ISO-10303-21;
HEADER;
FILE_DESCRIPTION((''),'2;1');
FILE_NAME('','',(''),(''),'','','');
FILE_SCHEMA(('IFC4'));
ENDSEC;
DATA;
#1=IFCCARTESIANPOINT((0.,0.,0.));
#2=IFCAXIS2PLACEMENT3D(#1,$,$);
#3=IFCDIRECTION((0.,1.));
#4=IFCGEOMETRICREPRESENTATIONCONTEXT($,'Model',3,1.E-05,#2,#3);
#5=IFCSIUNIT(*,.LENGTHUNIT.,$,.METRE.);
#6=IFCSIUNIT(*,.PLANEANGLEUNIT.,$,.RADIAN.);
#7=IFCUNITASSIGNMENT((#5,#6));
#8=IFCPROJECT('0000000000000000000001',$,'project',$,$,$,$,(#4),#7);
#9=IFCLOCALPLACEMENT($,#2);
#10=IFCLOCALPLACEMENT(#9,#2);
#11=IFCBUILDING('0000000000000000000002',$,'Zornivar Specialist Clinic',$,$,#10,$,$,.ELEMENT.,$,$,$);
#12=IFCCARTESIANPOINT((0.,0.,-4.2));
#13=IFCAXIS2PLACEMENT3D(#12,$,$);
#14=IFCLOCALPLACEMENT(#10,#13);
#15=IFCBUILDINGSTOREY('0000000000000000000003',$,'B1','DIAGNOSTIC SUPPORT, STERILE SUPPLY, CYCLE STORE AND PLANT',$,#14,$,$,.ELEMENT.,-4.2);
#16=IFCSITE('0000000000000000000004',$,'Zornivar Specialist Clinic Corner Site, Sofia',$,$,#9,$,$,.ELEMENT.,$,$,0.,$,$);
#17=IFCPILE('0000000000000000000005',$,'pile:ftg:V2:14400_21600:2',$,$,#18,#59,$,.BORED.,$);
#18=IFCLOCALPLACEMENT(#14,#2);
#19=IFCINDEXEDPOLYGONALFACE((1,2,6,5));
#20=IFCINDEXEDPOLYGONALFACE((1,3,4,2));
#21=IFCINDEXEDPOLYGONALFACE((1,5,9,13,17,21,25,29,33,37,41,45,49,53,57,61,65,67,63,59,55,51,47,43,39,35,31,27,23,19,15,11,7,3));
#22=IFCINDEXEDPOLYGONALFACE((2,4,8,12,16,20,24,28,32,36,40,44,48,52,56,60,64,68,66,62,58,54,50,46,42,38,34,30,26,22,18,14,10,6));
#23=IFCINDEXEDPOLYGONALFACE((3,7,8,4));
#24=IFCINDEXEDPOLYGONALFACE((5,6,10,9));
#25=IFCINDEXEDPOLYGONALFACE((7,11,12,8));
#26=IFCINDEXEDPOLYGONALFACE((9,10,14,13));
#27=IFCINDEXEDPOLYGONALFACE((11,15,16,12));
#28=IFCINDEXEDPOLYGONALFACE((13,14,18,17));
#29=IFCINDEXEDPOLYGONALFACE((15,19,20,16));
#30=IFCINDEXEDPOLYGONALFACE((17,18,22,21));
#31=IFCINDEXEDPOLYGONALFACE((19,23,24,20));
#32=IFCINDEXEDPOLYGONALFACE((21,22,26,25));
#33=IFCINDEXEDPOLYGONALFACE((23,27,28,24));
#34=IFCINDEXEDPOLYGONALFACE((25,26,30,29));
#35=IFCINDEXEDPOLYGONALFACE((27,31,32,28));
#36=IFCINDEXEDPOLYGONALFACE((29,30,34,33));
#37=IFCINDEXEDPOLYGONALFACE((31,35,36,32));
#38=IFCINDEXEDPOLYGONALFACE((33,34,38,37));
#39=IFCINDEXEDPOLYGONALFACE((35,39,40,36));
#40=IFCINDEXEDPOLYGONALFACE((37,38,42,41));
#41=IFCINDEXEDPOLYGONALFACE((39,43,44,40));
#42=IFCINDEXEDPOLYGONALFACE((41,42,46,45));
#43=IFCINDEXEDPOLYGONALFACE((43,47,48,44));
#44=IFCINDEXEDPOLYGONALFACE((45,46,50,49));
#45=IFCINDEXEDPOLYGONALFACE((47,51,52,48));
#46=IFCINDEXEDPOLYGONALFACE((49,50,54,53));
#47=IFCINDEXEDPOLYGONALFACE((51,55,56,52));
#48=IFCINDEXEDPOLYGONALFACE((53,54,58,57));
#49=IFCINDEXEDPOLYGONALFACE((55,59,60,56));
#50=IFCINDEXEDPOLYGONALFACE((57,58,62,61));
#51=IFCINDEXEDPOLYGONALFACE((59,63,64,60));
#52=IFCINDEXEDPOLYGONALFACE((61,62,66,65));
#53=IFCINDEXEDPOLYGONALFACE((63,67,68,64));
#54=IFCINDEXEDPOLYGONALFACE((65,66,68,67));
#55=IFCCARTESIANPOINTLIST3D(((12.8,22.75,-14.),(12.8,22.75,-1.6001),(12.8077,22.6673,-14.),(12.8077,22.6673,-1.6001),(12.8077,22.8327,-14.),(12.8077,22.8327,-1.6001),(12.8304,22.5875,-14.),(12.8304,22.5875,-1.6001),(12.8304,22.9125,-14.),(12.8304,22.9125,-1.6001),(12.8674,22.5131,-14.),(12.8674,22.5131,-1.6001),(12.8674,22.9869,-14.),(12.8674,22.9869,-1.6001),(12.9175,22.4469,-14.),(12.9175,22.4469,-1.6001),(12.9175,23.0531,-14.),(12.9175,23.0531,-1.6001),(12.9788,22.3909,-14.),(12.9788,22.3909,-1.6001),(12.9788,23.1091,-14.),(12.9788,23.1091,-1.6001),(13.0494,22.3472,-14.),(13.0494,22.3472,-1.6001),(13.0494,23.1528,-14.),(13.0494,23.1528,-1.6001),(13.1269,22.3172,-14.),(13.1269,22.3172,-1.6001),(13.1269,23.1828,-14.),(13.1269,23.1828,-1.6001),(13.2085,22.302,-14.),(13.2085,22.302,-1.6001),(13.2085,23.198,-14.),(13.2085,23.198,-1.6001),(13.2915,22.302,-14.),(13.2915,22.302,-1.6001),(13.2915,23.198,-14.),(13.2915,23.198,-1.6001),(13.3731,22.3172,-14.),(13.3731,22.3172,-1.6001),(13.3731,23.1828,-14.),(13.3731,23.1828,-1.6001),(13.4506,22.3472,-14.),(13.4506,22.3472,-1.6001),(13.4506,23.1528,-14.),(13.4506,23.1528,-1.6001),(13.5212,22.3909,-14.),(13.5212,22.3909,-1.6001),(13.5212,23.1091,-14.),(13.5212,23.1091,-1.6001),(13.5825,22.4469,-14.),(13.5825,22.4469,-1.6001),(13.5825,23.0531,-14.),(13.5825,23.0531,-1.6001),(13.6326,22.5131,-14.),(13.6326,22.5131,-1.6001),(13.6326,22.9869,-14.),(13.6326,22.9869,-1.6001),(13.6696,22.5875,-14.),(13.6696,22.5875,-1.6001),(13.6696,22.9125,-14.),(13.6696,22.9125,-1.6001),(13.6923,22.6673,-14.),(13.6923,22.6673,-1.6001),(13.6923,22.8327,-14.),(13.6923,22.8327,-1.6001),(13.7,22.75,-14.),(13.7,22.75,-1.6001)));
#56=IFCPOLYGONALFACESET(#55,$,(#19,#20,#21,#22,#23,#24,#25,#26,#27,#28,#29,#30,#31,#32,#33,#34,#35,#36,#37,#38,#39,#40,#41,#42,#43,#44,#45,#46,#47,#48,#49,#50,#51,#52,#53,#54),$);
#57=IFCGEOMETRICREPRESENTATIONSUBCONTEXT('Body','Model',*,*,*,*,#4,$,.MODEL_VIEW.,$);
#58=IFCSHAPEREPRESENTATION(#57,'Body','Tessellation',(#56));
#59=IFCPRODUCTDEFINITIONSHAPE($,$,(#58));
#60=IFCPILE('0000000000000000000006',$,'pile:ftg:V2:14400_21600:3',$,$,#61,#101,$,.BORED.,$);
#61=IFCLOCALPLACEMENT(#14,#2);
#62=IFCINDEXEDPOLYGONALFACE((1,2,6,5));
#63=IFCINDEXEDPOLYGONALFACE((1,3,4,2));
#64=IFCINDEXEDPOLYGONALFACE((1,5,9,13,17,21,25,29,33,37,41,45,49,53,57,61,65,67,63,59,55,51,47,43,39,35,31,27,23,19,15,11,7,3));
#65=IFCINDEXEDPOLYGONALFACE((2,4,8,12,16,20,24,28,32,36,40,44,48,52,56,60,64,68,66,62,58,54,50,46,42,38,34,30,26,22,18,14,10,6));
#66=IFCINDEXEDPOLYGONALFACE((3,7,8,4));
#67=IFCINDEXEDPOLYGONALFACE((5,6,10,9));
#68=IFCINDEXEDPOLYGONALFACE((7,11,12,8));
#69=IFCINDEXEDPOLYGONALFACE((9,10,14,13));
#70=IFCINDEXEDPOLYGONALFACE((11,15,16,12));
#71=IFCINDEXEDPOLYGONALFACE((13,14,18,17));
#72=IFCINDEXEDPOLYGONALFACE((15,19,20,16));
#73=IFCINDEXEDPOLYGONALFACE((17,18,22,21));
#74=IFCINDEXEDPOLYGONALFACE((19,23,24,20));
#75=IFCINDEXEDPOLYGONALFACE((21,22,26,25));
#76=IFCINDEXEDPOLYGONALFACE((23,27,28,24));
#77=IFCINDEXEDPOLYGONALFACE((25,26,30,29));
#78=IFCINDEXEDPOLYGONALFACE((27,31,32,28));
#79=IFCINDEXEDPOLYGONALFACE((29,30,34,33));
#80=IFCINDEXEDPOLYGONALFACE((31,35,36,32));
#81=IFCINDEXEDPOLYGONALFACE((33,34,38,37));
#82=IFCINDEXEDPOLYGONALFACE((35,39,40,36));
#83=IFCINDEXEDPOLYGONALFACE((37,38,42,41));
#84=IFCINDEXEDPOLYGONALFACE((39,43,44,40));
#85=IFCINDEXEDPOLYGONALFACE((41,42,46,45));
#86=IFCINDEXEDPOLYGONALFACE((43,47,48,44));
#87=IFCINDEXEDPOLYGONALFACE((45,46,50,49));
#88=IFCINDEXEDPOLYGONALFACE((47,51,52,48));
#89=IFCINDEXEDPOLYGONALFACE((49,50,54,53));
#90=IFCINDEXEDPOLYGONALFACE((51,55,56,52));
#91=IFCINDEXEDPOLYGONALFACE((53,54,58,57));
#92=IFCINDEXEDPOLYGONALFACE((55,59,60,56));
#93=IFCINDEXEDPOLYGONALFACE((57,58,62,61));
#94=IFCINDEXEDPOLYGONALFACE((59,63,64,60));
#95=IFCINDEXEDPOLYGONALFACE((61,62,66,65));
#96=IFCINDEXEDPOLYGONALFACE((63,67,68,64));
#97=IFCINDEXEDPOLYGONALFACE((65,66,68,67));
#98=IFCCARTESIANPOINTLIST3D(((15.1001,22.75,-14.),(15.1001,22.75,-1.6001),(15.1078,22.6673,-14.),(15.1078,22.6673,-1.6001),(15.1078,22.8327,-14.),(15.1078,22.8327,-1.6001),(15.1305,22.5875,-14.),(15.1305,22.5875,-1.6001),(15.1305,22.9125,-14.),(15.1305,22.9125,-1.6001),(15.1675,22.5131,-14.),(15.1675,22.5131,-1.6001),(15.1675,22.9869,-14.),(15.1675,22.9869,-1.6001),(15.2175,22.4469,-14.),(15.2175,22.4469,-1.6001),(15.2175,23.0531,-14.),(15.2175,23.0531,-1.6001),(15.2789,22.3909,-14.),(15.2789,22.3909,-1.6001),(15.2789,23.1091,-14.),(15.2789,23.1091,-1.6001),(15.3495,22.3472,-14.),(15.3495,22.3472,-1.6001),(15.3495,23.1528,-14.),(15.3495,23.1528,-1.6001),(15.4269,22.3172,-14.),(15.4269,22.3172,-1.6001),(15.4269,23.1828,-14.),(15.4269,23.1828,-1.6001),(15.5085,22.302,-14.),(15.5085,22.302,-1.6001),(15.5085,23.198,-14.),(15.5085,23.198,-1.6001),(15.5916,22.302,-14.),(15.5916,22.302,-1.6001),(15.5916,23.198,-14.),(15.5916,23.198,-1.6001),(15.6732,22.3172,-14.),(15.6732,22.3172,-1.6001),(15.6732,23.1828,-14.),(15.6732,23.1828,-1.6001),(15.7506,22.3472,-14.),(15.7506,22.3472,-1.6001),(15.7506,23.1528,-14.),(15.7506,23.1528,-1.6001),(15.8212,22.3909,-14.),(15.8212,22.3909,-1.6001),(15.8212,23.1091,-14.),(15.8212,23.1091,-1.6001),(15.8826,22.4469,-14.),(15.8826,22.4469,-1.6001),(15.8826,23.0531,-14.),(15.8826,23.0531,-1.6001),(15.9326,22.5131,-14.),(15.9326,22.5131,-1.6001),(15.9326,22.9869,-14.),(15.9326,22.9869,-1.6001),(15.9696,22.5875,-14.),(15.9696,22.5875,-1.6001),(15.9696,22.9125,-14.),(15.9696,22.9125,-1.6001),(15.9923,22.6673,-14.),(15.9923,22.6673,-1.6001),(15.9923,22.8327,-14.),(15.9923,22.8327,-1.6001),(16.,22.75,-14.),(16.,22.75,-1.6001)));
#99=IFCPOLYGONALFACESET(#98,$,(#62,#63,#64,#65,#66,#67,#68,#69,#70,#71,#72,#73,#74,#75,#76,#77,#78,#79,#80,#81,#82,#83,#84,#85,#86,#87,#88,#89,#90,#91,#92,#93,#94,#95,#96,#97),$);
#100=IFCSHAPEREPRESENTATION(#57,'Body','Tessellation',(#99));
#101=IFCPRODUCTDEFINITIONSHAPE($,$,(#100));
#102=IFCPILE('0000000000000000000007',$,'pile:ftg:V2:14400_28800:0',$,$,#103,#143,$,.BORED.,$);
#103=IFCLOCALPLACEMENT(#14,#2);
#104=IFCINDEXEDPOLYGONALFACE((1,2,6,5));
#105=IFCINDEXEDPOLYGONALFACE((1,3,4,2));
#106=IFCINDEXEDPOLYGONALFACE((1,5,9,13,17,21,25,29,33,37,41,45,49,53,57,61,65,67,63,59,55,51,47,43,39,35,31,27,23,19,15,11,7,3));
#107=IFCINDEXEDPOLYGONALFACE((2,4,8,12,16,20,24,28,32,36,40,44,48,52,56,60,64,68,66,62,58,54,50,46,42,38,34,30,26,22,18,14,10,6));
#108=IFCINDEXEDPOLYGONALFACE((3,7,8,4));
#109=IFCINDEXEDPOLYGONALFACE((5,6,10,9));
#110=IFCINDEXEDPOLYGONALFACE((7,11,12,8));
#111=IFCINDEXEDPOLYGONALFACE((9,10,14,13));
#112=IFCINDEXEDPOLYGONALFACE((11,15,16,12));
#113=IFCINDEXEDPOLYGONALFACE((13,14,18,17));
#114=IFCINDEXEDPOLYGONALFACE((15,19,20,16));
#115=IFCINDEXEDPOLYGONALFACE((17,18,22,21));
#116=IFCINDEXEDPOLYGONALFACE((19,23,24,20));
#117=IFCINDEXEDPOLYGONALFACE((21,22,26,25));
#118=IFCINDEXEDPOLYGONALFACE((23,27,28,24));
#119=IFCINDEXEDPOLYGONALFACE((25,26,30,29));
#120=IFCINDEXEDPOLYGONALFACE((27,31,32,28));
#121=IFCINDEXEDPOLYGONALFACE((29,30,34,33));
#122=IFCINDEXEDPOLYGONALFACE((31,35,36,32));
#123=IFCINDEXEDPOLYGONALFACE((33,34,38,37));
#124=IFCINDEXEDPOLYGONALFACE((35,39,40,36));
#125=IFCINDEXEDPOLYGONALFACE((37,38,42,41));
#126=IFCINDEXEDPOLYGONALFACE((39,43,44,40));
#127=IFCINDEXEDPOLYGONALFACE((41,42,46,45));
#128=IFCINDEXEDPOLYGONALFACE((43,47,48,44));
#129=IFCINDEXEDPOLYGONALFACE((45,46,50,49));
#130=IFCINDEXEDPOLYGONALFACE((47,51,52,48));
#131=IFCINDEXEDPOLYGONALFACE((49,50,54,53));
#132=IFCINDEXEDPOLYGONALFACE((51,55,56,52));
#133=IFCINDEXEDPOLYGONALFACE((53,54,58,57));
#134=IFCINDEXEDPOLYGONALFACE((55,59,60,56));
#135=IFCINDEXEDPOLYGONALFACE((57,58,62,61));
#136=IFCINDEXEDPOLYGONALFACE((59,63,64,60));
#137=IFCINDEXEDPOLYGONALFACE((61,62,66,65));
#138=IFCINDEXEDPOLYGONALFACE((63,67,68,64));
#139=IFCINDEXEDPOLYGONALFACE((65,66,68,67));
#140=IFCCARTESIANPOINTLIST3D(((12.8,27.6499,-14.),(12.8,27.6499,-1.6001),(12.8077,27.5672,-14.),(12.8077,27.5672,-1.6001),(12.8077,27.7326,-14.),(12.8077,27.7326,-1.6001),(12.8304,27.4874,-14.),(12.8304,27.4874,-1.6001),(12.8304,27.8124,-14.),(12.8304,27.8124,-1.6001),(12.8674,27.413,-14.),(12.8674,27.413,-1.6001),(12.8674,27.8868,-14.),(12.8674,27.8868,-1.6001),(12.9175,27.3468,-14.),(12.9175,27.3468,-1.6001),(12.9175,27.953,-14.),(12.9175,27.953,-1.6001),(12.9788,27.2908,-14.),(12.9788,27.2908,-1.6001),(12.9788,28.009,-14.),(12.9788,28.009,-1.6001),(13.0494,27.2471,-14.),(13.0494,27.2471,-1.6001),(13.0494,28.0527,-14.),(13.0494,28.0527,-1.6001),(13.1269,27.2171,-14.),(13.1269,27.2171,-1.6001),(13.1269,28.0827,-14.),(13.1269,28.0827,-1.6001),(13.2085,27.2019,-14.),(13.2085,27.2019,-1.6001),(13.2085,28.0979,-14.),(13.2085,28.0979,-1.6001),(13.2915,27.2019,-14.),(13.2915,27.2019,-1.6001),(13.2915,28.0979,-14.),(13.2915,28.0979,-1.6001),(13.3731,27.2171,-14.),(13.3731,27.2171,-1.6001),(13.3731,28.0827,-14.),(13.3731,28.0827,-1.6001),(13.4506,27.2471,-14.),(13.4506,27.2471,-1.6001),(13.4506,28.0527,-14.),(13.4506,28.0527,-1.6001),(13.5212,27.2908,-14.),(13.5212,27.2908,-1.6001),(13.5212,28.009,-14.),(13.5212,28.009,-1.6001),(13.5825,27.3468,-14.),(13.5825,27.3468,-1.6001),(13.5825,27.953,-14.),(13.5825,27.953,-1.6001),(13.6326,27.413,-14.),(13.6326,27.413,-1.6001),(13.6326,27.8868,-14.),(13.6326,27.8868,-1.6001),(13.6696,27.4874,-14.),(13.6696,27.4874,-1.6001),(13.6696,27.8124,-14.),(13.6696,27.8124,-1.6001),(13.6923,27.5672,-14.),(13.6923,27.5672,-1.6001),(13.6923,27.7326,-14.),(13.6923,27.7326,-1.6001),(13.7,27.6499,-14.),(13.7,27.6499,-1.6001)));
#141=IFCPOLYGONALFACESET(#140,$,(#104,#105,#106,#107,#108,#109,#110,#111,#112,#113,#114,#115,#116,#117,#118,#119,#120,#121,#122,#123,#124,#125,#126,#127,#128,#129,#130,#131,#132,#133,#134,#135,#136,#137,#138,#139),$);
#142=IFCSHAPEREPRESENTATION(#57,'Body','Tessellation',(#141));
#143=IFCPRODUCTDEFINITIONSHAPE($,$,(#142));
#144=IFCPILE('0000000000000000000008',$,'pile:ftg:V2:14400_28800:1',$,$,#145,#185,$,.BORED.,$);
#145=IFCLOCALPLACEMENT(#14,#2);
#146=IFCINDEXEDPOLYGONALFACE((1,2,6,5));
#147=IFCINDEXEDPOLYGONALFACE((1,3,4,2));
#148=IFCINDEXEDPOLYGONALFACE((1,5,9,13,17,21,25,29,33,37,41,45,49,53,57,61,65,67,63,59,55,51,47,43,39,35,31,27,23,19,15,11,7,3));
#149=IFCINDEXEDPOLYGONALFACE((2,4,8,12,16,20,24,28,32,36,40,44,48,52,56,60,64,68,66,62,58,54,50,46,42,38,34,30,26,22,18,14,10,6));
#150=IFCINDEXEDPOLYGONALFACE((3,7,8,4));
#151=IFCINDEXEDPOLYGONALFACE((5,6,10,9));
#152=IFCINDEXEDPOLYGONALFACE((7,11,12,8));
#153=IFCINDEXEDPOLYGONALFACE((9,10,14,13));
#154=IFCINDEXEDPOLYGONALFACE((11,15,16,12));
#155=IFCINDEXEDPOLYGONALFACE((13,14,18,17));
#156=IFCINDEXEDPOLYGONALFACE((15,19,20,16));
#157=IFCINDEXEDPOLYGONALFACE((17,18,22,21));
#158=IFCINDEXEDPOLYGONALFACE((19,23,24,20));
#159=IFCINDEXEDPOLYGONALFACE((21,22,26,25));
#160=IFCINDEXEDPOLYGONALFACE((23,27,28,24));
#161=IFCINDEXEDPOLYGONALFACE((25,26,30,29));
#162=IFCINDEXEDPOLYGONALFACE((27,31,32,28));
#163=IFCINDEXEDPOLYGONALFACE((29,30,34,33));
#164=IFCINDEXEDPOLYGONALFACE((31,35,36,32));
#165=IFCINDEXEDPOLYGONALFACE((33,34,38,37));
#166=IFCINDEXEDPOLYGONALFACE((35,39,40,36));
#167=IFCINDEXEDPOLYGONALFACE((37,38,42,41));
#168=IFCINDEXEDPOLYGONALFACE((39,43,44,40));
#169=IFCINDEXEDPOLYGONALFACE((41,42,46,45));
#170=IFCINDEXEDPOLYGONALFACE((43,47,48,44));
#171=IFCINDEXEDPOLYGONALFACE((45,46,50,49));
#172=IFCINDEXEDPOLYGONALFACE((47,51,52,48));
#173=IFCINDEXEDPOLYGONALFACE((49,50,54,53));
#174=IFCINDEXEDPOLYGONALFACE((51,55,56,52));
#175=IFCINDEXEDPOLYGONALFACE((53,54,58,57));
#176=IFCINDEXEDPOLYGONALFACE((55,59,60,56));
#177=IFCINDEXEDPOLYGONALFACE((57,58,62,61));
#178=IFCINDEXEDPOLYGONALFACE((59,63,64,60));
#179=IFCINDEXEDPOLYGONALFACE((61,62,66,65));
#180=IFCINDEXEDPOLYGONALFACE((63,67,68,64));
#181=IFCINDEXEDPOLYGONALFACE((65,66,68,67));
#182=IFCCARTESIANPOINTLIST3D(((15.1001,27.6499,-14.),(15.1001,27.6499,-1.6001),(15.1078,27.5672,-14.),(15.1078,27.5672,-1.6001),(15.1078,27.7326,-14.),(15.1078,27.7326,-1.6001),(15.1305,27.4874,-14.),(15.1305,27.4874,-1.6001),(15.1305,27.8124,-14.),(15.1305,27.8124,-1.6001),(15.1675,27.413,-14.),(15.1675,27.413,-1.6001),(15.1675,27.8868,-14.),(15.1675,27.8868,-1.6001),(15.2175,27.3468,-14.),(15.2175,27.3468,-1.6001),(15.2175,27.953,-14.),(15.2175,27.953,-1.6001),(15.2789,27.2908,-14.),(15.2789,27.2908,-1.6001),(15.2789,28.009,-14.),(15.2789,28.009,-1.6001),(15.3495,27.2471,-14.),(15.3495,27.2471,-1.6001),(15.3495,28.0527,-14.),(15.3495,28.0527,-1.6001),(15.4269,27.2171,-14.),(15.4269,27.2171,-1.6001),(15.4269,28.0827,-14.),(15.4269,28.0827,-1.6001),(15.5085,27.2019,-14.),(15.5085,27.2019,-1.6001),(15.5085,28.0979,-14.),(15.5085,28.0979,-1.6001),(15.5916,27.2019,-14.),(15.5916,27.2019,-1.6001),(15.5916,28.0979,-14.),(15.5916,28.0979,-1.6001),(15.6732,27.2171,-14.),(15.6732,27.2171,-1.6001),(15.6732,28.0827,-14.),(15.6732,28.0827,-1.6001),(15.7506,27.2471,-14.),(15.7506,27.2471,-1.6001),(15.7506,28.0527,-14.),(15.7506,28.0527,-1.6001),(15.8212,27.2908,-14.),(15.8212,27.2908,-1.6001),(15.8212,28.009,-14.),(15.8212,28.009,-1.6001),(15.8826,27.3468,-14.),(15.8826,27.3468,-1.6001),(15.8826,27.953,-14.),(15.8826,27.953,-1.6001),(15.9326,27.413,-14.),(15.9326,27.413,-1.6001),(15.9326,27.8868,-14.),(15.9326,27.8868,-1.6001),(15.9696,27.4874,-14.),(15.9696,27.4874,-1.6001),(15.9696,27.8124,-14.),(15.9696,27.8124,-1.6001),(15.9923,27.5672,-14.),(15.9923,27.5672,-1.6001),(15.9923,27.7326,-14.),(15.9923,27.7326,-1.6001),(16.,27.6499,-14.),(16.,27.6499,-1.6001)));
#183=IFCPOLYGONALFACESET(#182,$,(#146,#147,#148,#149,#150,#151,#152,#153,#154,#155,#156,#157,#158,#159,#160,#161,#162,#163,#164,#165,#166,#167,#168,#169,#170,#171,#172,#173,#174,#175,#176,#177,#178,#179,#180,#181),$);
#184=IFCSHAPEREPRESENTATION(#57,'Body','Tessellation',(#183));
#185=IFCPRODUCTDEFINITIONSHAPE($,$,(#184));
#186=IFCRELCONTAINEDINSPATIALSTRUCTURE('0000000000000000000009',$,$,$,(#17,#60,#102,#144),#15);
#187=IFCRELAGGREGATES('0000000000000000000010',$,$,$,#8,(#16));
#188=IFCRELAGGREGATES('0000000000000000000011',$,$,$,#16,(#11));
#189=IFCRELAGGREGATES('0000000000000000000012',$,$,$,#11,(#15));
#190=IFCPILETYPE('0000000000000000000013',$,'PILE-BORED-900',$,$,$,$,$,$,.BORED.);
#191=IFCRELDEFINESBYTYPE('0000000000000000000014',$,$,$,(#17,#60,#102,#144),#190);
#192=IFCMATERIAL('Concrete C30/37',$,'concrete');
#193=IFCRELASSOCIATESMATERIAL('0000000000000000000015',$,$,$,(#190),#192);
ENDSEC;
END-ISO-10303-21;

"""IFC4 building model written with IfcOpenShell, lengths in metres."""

from ifc_helpers import new_model, si_unit, direction, frame, origin, origin_2d, place, context, subcontext, project, spatial, circle, extrude, material, material_profile, profile_set, type_object, element, save


model = new_model("IFC4")

# Units and contexts
model_context = context("Model", 3, precision=1e-05, world=origin(), true_north=direction((0.0, 1.0)))
body_context = subcontext(model_context, "Body", "Model", "MODEL_VIEW")
ifc_project = project(units=[si_unit("LENGTHUNIT", "METRE"), si_unit("PLANEANGLEUNIT", "RADIAN")], contexts=[model_context])

# Site, building, storey
site_placement = place(None, origin())
site = spatial("IfcSite", under=ifc_project, at=site_placement, Name="Zornivar Specialist Clinic Corner Site, Sofia", CompositionType="ELEMENT", RefElevation=0.0)
building_placement = place(site_placement, origin())
building = spatial("IfcBuilding", under=site, at=building_placement, Name="Zornivar Specialist Clinic", CompositionType="ELEMENT")
storey_placement = place(building_placement, frame((0.0, 0.0, -4.2)))
storey = spatial("IfcBuildingStorey", under=building, at=storey_placement, Name="B1", Description="DIAGNOSTIC SUPPORT, STERILE SUPPLY, CYCLE STORE AND PLANT", CompositionType="ELEMENT", Elevation=-4.2)

# Piles
ifc_material_1 = material(Name="Concrete C30/37", Category="concrete")
ifc_material_profile_1 = material_profile(ifc_material_1, circle(Radius=0.45, at=origin_2d()), Name="PILE D900")
ifc_profile_set_1 = profile_set([ifc_material_profile_1], Name="Concrete C30/37")
pile_type_1 = type_object("IfcPileType", Name="PILE-BORED-900", PredefinedType="BORED", material=ifc_profile_set_1)
for number, where, z_axis, x_axis, name in (
    (1, (13.25, 22.75, -1.6001), (0.0, 0.0, -1.0), (1.0, 0.0, 0.0), "pile:ftg:V2:14400_21600:2"),
    (2, (15.55, 22.75, -1.6001), (0.0, 0.0, -1.0), (1.0, 0.0, 0.0), "pile:ftg:V2:14400_21600:3"),
    (3, (13.25, 27.6499, -1.6001), (0.0, 0.0, -1.0), (1.0, 0.0, 0.0), "pile:ftg:V2:14400_28800:0"),
    (4, (15.55, 27.6499, -1.6001), (0.0, 0.0, -1.0), (1.0, 0.0, 0.0), "pile:ftg:V2:14400_28800:1"),
):
    element("IfcPile", number, at=place(storey_placement, frame(where, z_axis=z_axis, x_axis=x_axis)), inside=storey, type_object=pile_type_1, Name=name, PredefinedType="BORED", context=body_context, shape_type="SweptSolid", body=[
        extrude(circle(Radius=0.45, at=origin_2d()), origin(), (0.0, 0.0, 1.0), 12.3999),
    ])

save(model, "model.ifc")
